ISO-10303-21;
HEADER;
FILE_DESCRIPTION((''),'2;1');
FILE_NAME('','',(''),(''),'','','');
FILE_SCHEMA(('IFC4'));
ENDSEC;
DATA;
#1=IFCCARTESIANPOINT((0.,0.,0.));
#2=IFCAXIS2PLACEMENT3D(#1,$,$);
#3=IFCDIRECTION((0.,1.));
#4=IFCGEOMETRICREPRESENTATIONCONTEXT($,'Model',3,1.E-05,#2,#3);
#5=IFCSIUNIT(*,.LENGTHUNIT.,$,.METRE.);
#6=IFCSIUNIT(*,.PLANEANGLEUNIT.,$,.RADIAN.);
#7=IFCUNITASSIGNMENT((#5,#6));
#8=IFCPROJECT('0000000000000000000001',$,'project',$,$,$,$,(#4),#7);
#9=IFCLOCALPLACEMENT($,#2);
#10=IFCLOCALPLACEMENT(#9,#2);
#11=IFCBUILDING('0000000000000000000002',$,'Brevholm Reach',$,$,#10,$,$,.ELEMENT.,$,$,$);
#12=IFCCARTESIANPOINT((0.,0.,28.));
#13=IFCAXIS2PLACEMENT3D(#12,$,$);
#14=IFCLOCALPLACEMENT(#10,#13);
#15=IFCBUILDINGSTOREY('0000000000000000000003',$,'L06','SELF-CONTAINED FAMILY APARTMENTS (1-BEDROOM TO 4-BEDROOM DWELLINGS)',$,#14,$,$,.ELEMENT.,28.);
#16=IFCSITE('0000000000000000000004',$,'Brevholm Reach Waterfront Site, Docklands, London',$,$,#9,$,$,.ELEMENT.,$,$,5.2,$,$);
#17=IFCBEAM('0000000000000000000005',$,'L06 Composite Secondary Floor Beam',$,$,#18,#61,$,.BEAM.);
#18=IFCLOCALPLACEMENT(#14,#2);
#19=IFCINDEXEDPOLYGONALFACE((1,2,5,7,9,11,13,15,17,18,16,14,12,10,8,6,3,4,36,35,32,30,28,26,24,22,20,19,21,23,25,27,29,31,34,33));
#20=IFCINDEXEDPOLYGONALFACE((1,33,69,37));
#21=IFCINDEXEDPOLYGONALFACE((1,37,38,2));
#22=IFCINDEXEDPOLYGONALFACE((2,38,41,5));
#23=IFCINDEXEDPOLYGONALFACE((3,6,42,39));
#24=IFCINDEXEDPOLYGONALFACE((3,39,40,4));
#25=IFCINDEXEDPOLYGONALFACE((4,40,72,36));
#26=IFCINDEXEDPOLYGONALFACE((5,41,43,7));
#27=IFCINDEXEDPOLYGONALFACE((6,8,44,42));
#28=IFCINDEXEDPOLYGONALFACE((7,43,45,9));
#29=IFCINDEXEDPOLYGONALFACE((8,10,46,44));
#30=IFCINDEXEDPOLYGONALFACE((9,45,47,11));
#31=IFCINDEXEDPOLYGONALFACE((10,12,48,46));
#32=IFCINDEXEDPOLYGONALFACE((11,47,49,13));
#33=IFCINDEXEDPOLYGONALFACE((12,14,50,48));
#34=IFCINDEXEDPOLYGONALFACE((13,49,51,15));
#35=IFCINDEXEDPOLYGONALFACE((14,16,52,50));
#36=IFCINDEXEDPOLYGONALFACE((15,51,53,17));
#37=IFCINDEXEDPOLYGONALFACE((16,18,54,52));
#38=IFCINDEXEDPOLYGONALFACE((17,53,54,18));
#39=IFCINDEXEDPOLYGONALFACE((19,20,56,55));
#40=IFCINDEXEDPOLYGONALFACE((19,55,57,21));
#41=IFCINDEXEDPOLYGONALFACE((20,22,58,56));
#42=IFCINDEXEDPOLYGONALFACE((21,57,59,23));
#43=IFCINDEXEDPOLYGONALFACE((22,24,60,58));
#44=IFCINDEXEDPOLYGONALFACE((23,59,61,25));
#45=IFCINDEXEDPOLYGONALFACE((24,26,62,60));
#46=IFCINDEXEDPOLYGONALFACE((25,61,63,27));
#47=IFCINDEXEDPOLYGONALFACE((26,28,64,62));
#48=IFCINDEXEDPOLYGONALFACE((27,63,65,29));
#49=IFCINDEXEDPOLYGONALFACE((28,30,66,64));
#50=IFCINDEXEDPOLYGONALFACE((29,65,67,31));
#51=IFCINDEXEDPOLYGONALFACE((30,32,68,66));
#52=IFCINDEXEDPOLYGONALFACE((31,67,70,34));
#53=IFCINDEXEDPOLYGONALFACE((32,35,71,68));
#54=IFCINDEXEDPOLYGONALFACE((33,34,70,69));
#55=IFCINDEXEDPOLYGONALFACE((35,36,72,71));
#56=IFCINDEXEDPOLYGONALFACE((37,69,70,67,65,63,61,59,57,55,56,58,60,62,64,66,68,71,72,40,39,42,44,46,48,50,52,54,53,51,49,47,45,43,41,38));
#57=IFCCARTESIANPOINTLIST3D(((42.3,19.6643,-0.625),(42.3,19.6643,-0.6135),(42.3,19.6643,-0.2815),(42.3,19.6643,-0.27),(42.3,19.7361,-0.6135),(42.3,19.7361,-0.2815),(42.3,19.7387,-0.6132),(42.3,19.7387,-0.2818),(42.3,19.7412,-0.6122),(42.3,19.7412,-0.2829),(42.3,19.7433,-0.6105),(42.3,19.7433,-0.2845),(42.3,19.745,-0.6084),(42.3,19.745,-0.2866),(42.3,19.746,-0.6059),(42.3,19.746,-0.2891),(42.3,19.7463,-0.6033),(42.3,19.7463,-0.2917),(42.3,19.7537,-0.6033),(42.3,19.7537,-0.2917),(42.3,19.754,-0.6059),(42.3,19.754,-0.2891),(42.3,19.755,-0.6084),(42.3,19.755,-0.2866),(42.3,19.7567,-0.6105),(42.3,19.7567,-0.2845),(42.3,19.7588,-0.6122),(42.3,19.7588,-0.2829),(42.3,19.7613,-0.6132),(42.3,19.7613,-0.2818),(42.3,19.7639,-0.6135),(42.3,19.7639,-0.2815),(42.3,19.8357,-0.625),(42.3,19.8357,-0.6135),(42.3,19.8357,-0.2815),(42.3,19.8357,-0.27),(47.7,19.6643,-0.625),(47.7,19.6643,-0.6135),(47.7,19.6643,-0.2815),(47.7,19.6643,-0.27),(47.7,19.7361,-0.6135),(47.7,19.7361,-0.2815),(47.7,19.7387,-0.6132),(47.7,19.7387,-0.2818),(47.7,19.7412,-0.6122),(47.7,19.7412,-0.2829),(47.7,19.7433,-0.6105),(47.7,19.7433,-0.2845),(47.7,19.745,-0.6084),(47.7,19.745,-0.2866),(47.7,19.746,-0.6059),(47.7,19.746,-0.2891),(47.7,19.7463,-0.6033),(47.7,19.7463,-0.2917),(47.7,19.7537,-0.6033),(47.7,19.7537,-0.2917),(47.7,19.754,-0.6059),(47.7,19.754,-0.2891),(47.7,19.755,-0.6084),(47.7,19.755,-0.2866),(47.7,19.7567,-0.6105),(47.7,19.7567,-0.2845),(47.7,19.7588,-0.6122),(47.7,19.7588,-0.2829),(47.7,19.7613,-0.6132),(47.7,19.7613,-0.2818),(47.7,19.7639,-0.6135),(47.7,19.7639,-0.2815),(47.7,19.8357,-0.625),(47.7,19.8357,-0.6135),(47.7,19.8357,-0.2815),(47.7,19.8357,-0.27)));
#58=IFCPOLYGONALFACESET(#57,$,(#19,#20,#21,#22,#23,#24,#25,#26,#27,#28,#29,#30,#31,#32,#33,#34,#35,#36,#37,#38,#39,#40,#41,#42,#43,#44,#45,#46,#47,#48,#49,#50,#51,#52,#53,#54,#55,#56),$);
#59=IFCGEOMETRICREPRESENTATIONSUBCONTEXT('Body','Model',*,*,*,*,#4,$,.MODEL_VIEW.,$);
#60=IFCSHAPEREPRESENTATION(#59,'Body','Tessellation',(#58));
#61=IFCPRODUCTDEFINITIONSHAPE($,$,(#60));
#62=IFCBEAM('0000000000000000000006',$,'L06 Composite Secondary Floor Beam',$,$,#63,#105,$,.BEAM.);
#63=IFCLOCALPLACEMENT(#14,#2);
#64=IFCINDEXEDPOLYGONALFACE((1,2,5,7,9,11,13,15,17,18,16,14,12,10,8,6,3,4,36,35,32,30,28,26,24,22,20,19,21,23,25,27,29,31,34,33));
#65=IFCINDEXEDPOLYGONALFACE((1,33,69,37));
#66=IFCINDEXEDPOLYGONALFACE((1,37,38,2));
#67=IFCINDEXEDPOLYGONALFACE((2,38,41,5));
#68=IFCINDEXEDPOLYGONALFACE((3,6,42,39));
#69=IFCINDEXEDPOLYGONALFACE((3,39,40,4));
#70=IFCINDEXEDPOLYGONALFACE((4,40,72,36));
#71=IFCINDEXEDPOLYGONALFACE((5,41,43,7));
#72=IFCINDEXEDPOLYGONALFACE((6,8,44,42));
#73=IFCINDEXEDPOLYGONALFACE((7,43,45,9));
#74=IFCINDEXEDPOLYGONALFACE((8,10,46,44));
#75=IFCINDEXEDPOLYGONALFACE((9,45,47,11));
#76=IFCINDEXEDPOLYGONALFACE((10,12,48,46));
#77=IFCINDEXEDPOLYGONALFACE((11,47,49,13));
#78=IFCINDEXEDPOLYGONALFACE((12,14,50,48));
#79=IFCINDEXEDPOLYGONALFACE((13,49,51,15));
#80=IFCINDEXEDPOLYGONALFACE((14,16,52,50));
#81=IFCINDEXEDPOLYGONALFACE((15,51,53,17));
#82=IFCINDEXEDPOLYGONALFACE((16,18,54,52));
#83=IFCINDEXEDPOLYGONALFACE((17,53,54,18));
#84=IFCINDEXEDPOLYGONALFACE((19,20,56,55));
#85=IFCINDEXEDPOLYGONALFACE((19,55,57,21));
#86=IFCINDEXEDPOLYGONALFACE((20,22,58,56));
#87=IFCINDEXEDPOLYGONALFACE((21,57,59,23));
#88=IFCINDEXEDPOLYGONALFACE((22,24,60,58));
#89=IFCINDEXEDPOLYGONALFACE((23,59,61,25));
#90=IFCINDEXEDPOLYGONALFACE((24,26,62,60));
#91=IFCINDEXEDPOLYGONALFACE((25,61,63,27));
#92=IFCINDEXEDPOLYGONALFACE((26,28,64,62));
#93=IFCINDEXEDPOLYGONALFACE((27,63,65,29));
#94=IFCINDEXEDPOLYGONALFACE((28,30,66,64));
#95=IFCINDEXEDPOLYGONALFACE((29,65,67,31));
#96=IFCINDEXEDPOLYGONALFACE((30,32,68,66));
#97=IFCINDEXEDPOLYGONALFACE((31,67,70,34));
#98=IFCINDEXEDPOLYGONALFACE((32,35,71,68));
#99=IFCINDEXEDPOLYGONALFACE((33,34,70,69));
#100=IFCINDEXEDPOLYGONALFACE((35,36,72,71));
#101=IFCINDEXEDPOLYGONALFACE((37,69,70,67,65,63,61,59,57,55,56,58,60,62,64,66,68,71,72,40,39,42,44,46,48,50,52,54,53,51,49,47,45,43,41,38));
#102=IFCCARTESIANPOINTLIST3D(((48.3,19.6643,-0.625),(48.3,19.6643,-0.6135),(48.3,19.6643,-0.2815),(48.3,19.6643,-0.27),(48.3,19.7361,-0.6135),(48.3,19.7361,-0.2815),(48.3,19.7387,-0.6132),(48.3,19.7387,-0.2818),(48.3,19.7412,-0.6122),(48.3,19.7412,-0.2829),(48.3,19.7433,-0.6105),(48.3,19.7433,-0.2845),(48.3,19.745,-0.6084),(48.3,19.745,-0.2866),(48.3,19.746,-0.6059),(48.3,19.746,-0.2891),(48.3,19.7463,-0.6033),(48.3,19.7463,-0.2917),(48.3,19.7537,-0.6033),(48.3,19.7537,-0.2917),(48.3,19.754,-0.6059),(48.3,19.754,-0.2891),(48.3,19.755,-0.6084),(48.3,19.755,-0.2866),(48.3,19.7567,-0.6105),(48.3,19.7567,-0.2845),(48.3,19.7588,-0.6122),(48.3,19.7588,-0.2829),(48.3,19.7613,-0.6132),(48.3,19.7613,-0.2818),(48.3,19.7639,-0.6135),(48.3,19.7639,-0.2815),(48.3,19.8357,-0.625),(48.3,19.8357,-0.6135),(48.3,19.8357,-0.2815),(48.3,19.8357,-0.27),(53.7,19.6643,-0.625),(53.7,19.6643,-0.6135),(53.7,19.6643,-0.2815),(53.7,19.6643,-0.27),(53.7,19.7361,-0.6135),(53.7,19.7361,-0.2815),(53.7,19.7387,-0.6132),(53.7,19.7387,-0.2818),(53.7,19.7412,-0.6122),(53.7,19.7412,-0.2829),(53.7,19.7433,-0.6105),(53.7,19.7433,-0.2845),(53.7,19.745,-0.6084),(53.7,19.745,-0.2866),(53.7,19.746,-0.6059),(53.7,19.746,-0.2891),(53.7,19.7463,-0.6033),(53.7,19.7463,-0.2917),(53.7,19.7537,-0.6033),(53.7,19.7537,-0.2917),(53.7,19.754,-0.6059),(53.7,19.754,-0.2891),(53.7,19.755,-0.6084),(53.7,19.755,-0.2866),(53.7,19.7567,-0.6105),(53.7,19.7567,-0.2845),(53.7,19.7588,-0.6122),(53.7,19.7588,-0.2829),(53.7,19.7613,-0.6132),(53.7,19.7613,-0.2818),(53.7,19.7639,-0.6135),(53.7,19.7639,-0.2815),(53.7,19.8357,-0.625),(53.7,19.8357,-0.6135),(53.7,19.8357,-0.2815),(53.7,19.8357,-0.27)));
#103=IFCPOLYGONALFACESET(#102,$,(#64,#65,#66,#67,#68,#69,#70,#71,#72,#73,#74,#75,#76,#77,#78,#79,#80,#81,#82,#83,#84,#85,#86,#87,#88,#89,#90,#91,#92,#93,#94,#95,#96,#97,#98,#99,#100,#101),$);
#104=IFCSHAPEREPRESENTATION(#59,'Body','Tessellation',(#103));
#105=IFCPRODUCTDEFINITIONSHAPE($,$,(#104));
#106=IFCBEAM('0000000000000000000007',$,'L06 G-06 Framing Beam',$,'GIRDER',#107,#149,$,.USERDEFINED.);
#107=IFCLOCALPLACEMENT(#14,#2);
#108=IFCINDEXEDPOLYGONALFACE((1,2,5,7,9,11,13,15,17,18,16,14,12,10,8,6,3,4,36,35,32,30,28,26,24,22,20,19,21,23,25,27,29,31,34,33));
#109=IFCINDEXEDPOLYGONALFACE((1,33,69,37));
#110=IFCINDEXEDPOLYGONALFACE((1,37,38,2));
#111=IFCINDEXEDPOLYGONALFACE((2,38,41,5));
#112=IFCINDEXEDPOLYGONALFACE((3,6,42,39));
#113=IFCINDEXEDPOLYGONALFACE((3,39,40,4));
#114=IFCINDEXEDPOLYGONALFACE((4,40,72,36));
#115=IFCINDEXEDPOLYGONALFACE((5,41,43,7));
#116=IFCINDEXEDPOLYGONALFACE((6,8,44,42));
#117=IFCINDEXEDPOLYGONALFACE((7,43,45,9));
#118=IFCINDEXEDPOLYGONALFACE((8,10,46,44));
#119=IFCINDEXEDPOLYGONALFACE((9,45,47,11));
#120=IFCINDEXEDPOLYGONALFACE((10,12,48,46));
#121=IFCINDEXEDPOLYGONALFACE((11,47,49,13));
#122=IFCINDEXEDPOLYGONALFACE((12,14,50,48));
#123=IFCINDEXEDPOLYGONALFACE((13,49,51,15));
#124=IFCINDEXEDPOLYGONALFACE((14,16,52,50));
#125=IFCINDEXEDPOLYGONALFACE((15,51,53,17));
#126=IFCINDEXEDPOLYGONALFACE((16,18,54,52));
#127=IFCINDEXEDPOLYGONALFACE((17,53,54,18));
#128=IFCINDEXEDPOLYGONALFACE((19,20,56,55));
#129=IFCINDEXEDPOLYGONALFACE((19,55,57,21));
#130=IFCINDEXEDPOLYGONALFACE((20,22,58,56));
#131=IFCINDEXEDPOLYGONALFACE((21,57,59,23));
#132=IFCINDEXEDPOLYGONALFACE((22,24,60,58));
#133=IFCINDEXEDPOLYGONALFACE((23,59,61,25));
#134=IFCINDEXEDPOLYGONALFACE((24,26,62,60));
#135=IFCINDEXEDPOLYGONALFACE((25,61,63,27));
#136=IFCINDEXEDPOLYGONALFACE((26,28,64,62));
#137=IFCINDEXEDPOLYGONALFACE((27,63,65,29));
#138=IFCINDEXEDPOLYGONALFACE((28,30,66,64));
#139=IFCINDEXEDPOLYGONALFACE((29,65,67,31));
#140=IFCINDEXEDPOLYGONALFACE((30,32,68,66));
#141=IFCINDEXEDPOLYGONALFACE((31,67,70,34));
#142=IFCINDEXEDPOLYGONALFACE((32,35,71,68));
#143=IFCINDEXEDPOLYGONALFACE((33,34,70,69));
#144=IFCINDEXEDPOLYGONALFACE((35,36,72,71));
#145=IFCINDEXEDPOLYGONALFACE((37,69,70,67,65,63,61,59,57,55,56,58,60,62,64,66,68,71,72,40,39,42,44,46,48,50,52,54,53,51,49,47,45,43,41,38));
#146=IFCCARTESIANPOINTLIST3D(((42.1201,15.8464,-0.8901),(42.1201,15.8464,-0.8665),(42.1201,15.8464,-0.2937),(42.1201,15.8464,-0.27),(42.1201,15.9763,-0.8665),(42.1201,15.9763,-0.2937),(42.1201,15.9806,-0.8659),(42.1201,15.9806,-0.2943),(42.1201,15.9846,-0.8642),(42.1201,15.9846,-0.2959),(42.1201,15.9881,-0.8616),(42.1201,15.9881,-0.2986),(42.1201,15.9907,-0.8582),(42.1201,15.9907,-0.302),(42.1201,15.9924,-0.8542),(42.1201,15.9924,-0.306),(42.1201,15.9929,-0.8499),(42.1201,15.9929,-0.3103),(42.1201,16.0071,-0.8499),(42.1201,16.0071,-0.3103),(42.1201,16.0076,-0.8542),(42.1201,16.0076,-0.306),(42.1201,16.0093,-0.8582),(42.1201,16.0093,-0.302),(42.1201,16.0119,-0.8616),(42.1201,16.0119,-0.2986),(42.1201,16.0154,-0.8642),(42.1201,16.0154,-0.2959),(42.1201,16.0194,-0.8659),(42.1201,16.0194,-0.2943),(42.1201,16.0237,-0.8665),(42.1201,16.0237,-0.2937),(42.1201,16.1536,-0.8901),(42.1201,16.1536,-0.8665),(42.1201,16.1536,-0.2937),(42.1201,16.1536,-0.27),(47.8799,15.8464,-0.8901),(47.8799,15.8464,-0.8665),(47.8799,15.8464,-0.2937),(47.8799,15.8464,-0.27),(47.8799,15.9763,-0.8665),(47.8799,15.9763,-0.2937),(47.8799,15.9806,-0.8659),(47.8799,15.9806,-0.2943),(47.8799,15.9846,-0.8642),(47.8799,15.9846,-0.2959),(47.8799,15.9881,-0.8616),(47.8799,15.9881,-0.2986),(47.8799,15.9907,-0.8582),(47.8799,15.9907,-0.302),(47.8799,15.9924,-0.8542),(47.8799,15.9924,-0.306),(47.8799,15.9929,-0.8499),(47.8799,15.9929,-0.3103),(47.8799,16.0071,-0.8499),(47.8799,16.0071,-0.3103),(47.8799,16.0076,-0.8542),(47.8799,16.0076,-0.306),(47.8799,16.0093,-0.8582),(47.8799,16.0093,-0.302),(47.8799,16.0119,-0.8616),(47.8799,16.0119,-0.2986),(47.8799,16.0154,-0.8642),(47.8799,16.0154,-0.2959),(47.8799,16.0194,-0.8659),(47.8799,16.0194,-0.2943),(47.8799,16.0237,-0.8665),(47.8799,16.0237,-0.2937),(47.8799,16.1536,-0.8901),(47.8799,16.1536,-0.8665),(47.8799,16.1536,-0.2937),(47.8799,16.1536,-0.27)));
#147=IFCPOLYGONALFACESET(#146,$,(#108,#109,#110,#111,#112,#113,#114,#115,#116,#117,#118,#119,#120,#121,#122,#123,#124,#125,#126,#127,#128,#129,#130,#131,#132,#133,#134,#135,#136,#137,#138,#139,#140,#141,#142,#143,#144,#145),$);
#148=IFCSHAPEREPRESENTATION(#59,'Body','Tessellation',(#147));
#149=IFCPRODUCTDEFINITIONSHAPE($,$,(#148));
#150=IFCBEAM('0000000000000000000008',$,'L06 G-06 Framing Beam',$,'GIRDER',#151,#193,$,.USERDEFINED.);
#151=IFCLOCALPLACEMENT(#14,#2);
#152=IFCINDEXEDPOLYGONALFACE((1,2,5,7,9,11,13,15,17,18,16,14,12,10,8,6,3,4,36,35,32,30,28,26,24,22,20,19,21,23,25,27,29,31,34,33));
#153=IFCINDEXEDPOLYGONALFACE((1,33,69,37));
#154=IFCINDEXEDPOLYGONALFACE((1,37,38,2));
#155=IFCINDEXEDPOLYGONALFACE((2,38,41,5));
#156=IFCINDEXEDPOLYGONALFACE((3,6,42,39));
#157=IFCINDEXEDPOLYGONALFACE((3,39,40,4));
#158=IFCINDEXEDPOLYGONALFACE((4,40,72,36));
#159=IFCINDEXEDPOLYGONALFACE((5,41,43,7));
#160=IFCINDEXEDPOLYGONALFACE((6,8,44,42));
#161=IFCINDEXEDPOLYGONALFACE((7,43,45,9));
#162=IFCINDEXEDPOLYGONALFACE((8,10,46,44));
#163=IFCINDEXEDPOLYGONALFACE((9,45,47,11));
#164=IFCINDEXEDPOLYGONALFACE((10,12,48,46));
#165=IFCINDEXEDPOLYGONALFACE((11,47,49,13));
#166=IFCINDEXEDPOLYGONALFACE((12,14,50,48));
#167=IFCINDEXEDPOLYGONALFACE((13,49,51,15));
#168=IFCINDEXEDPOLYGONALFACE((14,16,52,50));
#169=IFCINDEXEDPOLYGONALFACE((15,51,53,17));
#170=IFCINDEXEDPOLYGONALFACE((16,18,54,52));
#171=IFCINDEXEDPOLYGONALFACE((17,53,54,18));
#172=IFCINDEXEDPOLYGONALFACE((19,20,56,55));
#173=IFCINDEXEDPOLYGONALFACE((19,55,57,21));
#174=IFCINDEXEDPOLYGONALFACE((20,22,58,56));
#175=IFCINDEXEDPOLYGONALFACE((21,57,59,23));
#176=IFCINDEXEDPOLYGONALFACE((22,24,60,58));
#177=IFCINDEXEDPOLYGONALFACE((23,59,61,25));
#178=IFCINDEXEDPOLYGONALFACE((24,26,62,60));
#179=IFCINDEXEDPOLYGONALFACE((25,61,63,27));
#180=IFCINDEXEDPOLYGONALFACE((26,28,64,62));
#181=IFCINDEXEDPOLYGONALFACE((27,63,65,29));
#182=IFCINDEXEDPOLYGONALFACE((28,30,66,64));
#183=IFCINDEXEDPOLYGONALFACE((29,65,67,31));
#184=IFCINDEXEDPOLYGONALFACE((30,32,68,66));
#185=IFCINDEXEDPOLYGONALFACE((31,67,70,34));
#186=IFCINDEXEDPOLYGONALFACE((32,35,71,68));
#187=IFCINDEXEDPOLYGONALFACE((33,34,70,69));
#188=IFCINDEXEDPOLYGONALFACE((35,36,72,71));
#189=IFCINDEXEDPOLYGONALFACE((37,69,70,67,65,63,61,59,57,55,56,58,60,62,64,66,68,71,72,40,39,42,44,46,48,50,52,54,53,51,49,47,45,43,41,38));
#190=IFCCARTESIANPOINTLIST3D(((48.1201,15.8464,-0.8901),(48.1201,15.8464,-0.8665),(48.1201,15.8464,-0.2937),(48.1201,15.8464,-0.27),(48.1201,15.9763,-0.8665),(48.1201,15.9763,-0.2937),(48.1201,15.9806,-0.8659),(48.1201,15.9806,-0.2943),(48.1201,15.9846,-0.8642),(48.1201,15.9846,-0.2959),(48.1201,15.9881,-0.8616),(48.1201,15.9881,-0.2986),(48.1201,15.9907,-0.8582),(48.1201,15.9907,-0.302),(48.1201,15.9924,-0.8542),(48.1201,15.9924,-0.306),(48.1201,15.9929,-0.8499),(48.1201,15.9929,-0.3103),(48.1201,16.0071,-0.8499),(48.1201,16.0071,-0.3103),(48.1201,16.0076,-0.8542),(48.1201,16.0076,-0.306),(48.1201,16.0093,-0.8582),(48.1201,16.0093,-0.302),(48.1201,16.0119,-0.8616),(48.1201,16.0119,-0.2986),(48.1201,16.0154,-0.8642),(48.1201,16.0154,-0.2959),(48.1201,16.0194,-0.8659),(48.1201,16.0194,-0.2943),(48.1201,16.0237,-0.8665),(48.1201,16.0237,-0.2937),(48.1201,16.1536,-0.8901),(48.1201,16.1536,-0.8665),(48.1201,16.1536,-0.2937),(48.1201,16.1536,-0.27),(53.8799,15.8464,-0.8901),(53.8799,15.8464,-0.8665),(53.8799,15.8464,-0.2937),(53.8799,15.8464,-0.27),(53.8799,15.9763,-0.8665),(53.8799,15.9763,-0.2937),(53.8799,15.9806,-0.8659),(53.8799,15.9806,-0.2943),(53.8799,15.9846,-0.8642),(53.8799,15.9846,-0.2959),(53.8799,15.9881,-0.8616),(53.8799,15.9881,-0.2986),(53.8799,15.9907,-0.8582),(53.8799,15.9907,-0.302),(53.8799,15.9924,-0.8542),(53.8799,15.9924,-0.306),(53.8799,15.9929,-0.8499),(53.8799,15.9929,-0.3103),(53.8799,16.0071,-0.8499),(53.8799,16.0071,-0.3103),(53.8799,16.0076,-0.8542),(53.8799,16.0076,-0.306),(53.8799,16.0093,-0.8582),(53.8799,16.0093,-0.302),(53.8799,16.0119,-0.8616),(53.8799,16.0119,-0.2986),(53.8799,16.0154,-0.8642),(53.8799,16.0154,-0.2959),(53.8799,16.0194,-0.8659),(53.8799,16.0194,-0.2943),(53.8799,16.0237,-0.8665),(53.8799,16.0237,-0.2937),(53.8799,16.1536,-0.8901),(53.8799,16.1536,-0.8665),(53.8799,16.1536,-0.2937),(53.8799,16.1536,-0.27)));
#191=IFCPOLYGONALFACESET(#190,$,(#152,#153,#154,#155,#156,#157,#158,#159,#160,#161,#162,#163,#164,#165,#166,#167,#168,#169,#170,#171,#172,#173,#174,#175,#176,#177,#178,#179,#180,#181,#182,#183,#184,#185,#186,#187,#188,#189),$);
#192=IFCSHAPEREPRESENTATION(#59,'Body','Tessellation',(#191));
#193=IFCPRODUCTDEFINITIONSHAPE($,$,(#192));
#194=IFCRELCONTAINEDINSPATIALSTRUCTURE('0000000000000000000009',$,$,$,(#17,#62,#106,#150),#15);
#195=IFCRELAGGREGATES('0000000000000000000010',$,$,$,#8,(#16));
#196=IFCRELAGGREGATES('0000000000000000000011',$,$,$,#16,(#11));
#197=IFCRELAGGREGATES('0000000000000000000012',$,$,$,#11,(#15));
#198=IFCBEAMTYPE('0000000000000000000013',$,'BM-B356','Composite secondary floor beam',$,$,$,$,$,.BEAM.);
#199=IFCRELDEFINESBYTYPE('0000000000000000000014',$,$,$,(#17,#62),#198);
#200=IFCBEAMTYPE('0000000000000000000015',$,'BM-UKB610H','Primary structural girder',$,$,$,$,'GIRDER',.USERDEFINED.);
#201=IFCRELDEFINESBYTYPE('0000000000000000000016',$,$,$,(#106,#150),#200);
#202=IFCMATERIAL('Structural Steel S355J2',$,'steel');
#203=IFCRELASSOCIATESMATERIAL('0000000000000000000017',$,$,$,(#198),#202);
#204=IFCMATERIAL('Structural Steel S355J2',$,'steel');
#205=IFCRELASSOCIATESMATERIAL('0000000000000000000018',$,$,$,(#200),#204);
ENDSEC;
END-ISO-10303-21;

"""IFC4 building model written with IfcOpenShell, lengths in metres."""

from ifc_helpers import new_model, si_unit, direction, frame, origin, origin_2d, place, context, subcontext, project, spatial, i_section, extrude, material, material_profile, profile_set, type_object, element, save


model = new_model("IFC4")

# Units and contexts
model_context = context("Model", 3, precision=1e-05, world=origin(), true_north=direction((0.0, 1.0)))
body_context = subcontext(model_context, "Body", "Model", "MODEL_VIEW")
ifc_project = project(units=[si_unit("LENGTHUNIT", "METRE"), si_unit("PLANEANGLEUNIT", "RADIAN")], contexts=[model_context])

# Site, building, storey
site_placement = place(None, origin())
site = spatial("IfcSite", under=ifc_project, at=site_placement, Name="Brevholm Reach Waterfront Site, Docklands, London", CompositionType="ELEMENT", RefElevation=5.2)
building_placement = place(site_placement, origin())
building = spatial("IfcBuilding", under=site, at=building_placement, Name="Brevholm Reach", CompositionType="ELEMENT")
storey_placement = place(building_placement, frame((0.0, 0.0, 28.0)))
storey = spatial("IfcBuildingStorey", under=building, at=storey_placement, Name="L06", Description="SELF-CONTAINED FAMILY APARTMENTS (1-BEDROOM TO 4-BEDROOM DWELLINGS)", CompositionType="ELEMENT", Elevation=28.0)

# Beams
ifc_material_1 = material(Name="Structural Steel S355J2", Category="steel")
ifc_material_profile_1 = material_profile(ifc_material_1, i_section(OverallWidth=0.1714, OverallDepth=0.355, WebThickness=0.0073, FlangeThickness=0.0115, FilletRadius=0.0103, at=origin_2d()), Name="UKB 356x171x51")
ifc_profile_set_1 = profile_set([ifc_material_profile_1], Name="Structural Steel S355J2")
beam_type_1 = type_object("IfcBeamType", Name="BM-B356", Description="Composite secondary floor beam", PredefinedType="BEAM", material=ifc_profile_set_1)
for number, where, z_axis, x_axis, name in (
    (1, (42.3, 19.75, -0.4475), (1.0, 0.0, 0.0), (0.0, 1.0, 0.0), "L06 Composite Secondary Floor Beam"),
    (2, (48.3, 19.75, -0.4475), (1.0, 0.0, 0.0), (0.0, 1.0, 0.0), "L06 Composite Secondary Floor Beam"),
):
    element("IfcBeam", number, at=place(storey_placement, frame(where, z_axis=z_axis, x_axis=x_axis)), inside=storey, type_object=beam_type_1, Name=name, PredefinedType="BEAM", context=body_context, shape_type="SweptSolid", body=[
        extrude(i_section(OverallWidth=0.1714, OverallDepth=0.355, WebThickness=0.0073, FlangeThickness=0.0115, FilletRadius=0.0103, at=origin_2d()), origin(), (0.0, 0.0, 1.0), 5.3999),
    ])
ifc_material_2 = material(Name="Structural Steel S355J2", Category="steel")
ifc_material_profile_2 = material_profile(ifc_material_2, i_section(OverallWidth=0.3071, OverallDepth=0.6201, WebThickness=0.0142, FlangeThickness=0.0237, FilletRadius=0.0166, at=origin_2d()), Name="UKB 610x305x179")
ifc_profile_set_2 = profile_set([ifc_material_profile_2], Name="Structural Steel S355J2")
beam_type_2 = type_object("IfcBeamType", Name="BM-UKB610H", Description="Primary structural girder", ElementType="GIRDER", PredefinedType="USERDEFINED", material=ifc_profile_set_2)
for number, where, z_axis, x_axis, name in (
    (3, (42.1201, 16.0, -0.5801), (1.0, 0.0, 0.0), (0.0, 1.0, 0.0), "L06 G-06 Framing Beam"),
    (4, (48.1201, 16.0, -0.5801), (1.0, 0.0, 0.0), (0.0, 1.0, 0.0), "L06 G-06 Framing Beam"),
):
    element("IfcBeam", number, at=place(storey_placement, frame(where, z_axis=z_axis, x_axis=x_axis)), inside=storey, type_object=beam_type_2, Name=name, ObjectType="GIRDER", PredefinedType="USERDEFINED", context=body_context, shape_type="SweptSolid", body=[
        extrude(i_section(OverallWidth=0.3071, OverallDepth=0.6201, WebThickness=0.0142, FlangeThickness=0.0237, FilletRadius=0.0166, at=origin_2d()), origin(), (0.0, 0.0, 1.0), 5.7598),
    ])

save(model, "model.ifc")
